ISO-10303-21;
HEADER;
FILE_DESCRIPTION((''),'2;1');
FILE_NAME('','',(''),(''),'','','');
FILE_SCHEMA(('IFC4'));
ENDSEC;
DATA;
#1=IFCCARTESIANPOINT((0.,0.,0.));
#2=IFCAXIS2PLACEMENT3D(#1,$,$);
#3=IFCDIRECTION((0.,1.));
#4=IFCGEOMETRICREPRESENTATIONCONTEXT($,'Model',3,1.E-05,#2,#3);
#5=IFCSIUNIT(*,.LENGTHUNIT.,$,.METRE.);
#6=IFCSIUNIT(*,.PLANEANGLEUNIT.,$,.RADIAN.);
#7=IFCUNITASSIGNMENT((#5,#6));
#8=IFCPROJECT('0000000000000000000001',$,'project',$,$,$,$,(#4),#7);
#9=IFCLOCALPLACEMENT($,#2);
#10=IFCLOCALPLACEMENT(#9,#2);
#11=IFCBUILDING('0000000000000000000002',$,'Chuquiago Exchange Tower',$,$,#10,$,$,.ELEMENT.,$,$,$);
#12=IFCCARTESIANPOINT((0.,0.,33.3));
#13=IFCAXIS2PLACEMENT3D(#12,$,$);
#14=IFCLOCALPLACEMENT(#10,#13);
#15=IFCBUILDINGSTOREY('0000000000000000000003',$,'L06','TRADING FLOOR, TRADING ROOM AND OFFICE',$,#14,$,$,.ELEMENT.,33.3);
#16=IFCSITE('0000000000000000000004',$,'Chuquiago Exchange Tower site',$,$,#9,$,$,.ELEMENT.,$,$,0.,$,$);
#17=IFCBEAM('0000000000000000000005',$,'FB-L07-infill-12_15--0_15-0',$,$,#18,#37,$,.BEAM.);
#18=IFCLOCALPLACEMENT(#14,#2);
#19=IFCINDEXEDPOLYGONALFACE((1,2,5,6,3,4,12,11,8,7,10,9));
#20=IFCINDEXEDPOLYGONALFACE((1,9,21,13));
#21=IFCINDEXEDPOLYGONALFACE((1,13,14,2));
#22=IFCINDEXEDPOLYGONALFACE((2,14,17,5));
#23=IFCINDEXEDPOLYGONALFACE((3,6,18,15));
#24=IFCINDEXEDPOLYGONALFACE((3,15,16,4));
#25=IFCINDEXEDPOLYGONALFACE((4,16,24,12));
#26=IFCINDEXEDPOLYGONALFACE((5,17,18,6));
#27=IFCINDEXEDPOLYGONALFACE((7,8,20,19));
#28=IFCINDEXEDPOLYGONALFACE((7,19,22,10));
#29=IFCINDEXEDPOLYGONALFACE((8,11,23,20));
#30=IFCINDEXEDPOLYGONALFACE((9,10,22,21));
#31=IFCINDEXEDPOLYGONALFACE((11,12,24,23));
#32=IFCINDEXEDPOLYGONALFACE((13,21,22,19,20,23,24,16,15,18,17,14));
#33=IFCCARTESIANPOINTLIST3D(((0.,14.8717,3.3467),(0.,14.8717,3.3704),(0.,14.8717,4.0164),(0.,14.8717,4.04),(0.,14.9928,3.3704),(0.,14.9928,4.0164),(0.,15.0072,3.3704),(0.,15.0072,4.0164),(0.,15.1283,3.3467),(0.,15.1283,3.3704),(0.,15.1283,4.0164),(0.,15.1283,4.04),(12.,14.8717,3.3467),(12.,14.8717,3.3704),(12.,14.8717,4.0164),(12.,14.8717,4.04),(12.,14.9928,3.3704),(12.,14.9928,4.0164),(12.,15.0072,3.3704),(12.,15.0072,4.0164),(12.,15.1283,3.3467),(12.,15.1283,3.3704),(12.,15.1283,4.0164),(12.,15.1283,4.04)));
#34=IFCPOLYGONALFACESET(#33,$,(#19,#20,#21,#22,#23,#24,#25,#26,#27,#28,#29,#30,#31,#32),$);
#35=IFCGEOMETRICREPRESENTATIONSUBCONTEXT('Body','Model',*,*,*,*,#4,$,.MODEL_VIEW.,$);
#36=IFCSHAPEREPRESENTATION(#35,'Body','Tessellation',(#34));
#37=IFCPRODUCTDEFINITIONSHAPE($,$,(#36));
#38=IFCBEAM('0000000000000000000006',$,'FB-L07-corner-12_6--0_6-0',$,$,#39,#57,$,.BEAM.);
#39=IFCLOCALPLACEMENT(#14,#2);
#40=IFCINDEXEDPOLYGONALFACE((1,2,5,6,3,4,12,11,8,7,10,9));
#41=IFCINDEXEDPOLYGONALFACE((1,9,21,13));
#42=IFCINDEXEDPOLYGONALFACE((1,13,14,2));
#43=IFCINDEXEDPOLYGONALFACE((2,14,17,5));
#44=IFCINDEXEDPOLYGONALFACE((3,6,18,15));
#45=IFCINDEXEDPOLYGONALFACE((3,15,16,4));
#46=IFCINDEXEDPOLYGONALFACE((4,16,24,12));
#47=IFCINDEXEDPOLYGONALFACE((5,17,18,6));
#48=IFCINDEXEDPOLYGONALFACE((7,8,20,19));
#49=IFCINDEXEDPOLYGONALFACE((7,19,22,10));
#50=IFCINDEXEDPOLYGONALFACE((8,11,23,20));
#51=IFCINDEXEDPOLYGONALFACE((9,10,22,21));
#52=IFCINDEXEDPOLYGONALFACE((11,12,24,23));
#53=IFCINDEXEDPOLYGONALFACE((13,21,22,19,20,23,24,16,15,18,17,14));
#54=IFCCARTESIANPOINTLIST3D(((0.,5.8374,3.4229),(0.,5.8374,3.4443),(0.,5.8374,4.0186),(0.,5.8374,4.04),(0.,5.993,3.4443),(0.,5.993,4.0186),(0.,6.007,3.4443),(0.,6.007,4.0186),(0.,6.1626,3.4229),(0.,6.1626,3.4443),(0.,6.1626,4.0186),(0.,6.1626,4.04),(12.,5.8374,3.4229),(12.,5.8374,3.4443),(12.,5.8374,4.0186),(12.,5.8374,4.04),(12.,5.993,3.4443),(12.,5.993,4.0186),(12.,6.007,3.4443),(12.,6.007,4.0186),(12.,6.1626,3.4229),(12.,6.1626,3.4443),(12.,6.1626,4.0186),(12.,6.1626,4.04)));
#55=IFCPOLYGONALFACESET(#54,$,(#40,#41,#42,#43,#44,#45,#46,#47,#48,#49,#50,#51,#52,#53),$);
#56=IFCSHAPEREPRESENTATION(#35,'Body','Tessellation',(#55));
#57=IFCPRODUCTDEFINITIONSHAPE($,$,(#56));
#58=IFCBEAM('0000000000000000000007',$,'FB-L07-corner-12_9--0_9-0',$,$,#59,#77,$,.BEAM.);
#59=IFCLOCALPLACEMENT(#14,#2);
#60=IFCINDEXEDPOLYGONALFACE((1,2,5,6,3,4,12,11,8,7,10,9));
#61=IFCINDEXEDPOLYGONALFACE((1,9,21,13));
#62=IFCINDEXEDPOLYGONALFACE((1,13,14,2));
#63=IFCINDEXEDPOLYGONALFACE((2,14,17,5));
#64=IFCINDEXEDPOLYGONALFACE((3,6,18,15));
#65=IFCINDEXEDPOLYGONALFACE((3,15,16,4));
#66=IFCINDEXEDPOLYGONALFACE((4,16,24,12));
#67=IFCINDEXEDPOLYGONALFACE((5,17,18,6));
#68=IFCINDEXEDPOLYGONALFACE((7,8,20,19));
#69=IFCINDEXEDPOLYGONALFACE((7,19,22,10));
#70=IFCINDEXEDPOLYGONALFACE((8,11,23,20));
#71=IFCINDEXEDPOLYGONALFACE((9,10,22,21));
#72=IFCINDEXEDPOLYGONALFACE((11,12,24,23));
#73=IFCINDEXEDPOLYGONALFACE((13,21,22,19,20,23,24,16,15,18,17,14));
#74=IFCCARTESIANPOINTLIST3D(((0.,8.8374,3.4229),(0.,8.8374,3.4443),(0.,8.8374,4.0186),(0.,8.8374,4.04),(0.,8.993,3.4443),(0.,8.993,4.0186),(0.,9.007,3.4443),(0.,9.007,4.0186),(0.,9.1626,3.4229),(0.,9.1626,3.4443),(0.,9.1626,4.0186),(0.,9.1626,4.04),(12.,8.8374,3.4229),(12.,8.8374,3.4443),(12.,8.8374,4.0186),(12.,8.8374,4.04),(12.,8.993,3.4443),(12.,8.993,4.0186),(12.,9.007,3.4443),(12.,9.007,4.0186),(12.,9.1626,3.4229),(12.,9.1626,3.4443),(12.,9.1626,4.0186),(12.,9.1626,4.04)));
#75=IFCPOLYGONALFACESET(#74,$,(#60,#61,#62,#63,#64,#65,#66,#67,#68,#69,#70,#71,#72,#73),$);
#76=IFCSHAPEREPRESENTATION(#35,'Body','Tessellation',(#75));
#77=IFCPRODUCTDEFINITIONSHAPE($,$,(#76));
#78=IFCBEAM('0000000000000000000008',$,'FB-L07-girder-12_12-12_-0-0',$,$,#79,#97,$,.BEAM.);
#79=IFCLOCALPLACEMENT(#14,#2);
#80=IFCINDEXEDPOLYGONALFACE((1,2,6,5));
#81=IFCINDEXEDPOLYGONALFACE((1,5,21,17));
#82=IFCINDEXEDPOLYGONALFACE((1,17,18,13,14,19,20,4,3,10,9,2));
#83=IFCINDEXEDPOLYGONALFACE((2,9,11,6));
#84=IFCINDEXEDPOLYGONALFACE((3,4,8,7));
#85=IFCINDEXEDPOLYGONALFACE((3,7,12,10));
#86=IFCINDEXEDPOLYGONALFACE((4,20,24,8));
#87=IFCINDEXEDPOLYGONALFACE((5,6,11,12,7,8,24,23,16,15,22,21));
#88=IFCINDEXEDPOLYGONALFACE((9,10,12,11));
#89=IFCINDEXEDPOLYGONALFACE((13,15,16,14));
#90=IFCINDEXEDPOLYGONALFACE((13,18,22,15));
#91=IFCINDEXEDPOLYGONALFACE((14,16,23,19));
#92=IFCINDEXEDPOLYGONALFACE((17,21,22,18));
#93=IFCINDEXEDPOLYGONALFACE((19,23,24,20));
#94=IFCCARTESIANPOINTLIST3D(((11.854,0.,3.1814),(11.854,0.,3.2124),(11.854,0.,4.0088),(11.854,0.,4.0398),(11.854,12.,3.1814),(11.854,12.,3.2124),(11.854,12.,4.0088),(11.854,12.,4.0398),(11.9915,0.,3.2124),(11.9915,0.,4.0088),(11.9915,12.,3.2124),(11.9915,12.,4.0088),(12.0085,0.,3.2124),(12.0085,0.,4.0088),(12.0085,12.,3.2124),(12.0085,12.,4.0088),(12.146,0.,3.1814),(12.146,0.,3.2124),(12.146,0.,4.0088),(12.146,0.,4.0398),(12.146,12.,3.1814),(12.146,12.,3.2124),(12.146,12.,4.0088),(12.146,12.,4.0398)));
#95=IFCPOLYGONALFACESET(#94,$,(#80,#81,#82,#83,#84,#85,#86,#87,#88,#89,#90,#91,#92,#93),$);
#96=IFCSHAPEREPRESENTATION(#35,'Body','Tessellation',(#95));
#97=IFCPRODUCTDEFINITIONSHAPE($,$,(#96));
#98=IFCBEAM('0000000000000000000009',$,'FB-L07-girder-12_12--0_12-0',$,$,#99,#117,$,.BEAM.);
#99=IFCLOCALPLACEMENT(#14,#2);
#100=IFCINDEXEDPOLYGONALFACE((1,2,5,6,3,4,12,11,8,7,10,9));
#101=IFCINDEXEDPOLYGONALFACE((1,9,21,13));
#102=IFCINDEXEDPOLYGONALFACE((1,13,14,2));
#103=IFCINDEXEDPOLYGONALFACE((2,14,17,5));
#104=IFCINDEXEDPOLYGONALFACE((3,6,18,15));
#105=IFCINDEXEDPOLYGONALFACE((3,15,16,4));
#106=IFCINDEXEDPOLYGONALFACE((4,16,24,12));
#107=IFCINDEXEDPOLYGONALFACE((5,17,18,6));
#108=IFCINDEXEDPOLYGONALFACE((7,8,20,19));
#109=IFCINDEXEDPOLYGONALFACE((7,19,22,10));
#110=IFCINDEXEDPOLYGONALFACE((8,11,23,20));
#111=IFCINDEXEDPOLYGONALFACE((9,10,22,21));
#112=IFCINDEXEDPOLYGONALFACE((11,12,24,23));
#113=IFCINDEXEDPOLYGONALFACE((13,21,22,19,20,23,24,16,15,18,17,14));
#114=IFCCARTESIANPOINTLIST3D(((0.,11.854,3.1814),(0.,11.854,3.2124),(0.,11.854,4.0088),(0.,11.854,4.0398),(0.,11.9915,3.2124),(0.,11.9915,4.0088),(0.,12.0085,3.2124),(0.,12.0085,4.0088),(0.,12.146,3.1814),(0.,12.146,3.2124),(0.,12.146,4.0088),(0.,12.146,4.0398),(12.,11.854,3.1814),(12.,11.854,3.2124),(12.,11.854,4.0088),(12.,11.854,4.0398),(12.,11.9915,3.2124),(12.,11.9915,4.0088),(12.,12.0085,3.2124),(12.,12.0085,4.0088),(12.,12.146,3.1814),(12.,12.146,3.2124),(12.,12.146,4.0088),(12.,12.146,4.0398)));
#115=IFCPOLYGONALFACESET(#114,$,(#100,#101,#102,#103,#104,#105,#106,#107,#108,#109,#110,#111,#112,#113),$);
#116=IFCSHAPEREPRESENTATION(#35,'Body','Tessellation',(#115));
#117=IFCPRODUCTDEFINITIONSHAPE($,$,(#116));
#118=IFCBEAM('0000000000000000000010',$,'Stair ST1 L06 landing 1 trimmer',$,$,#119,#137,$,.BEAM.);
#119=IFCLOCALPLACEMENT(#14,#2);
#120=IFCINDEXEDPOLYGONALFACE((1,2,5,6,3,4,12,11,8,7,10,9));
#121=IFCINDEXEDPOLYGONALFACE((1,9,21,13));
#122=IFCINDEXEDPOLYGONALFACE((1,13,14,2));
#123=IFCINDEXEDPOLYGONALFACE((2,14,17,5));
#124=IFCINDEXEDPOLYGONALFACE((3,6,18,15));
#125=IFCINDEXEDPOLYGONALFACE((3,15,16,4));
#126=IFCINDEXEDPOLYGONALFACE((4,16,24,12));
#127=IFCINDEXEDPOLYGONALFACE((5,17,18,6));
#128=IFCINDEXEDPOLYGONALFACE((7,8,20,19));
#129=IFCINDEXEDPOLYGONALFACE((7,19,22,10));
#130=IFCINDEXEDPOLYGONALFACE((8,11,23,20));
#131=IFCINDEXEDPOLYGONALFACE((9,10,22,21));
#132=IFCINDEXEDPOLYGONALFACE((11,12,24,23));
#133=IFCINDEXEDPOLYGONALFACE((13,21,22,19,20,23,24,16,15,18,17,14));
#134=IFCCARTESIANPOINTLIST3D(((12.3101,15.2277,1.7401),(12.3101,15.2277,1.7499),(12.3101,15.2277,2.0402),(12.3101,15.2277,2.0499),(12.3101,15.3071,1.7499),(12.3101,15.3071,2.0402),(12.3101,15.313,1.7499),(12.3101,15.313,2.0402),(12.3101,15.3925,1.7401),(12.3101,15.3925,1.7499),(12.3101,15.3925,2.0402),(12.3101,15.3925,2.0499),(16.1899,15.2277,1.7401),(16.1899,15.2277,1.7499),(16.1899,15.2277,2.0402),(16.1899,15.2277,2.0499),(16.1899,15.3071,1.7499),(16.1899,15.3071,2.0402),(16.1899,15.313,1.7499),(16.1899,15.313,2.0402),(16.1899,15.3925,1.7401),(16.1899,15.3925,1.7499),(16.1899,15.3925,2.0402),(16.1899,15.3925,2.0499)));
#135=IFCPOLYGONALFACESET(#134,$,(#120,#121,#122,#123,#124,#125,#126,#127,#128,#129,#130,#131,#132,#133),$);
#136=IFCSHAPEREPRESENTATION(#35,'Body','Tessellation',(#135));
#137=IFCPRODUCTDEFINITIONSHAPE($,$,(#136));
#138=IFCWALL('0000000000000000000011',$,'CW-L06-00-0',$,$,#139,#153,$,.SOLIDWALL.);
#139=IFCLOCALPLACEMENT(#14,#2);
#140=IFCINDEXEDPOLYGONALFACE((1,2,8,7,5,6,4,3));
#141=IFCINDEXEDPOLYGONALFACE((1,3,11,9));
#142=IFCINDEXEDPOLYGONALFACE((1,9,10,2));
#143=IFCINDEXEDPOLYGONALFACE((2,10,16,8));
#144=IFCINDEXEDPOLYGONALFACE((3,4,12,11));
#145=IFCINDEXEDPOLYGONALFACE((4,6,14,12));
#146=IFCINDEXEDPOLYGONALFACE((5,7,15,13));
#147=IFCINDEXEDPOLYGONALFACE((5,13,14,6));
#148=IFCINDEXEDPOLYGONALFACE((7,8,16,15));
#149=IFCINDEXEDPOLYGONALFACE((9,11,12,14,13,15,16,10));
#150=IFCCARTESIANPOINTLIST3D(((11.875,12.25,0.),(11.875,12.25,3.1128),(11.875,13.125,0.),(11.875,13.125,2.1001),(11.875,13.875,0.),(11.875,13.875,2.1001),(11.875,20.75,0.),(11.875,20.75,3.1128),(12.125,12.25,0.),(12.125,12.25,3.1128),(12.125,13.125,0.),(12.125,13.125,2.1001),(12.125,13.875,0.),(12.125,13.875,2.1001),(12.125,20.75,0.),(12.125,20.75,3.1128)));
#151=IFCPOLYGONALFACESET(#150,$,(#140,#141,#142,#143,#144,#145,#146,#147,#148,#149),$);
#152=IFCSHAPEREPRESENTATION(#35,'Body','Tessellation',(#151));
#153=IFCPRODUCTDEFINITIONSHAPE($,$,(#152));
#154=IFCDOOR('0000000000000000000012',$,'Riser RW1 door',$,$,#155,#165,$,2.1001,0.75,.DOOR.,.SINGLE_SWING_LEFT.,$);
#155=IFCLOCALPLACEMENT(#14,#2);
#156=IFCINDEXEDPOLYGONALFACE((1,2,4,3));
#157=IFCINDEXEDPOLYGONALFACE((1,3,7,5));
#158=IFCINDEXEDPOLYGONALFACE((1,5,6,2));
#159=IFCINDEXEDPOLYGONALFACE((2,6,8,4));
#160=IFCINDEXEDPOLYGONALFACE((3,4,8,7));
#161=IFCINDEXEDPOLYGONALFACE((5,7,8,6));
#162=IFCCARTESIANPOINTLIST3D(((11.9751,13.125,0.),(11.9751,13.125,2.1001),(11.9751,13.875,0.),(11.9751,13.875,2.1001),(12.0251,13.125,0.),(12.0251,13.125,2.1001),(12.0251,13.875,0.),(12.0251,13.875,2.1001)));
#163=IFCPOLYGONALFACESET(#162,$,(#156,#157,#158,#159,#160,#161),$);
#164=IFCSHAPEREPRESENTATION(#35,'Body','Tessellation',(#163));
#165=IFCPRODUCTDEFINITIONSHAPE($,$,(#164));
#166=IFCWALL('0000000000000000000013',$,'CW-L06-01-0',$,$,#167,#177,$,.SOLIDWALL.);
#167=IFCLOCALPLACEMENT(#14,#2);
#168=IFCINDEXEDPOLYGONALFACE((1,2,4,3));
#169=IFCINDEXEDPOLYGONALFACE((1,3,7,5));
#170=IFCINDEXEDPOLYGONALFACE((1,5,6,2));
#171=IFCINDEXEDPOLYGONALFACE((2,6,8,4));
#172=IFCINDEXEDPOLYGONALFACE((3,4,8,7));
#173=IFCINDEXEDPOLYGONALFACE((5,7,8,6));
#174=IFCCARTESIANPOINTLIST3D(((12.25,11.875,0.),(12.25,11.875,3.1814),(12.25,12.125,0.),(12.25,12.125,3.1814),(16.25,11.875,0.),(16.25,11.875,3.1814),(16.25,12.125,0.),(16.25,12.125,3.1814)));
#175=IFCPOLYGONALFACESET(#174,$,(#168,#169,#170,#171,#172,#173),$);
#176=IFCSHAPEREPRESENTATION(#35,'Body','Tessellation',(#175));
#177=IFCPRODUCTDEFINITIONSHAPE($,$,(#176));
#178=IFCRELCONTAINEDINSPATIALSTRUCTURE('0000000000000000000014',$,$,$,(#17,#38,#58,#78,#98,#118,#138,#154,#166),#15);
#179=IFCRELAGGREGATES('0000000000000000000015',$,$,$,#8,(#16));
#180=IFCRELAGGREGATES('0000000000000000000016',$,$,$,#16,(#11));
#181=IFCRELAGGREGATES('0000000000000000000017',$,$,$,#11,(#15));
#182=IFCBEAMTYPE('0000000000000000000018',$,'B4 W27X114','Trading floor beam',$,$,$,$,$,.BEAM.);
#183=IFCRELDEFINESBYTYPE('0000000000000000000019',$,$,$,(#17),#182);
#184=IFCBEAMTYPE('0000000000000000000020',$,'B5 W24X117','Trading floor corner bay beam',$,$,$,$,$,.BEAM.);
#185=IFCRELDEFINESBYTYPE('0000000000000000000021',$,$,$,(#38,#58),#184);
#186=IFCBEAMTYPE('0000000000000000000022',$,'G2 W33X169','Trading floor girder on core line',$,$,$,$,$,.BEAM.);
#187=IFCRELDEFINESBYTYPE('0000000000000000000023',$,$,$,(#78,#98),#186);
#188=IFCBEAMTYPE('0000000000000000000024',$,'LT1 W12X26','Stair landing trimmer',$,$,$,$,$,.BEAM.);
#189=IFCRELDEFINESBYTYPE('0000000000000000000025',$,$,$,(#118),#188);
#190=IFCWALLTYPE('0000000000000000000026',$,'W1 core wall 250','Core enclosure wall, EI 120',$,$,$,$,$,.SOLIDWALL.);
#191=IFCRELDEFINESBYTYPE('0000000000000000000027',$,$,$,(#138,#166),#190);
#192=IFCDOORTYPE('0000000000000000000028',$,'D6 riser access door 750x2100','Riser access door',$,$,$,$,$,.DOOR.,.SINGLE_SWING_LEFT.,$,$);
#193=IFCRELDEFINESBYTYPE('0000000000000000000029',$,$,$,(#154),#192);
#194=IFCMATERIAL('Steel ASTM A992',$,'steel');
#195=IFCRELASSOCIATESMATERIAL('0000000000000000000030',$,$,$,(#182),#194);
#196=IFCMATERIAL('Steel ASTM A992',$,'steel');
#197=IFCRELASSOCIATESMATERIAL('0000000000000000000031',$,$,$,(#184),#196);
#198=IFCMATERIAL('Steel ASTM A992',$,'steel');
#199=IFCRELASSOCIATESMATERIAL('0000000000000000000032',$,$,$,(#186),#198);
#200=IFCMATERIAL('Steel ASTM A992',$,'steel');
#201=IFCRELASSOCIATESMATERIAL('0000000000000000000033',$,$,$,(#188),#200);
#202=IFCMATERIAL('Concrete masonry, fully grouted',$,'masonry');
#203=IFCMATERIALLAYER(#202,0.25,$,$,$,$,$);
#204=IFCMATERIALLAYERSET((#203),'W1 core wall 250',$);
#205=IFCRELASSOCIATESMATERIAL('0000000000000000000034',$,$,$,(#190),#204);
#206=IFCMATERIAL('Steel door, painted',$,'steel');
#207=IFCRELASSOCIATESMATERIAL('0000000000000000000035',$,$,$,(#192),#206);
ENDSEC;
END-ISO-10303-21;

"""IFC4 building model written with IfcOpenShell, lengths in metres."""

from ifc_helpers import new_model, si_unit, direction, frame, frame_2d, origin, origin_2d, place, context, subcontext, project, spatial, rectangle, i_section, extrude, material, layer, layer_set, material_profile, profile_set, type_object, element, fill, save


model = new_model("IFC4")

# Units and contexts
model_context = context("Model", 3, precision=1e-05, world=origin(), true_north=direction((0.0, 1.0)))
body_context = subcontext(model_context, "Body", "Model", "MODEL_VIEW")
ifc_project = project(units=[si_unit("LENGTHUNIT", "METRE"), si_unit("PLANEANGLEUNIT", "RADIAN")], contexts=[model_context])

# Site, building, storey
site_placement = place(None, origin())
site = spatial("IfcSite", under=ifc_project, at=site_placement, Name="Chuquiago Exchange Tower site", CompositionType="ELEMENT", RefElevation=0.0)
building_placement = place(site_placement, origin())
building = spatial("IfcBuilding", under=site, at=building_placement, Name="Chuquiago Exchange Tower", CompositionType="ELEMENT")
storey_placement = place(building_placement, frame((0.0, 0.0, 33.3)))
storey = spatial("IfcBuildingStorey", under=building, at=storey_placement, Name="L06", Description="TRADING FLOOR, TRADING ROOM AND OFFICE", CompositionType="ELEMENT", Elevation=33.3)

# Beams
ifc_material_1 = material(Name="Steel ASTM A992", Category="steel")
ifc_material_profile_1 = material_profile(ifc_material_1, i_section(OverallWidth=0.2566, OverallDepth=0.6934, WebThickness=0.0144, FlangeThickness=0.0237, at=origin_2d()), Name="W27X114")
ifc_profile_set_1 = profile_set([ifc_material_profile_1], Name="Steel ASTM A992")
beam_type_1 = type_object("IfcBeamType", Name="B4 W27X114", Description="Trading floor beam", PredefinedType="BEAM", material=ifc_profile_set_1)
for number, where, z_axis, x_axis, name in (
    (1, (12.0, 15.0, 3.6934), (-1.0, 0.0, 0.0), (0.0, -1.0, 0.0), "FB-L07-infill-12_15--0_15-0"),
):
    element("IfcBeam", number, at=place(storey_placement, frame(where, z_axis=z_axis, x_axis=x_axis)), inside=storey, type_object=beam_type_1, Name=name, PredefinedType="BEAM", context=body_context, shape_type="SweptSolid", body=[
        extrude(i_section(OverallWidth=0.2566, OverallDepth=0.6934, WebThickness=0.0144, FlangeThickness=0.0237, at=origin_2d()), origin(), (0.0, 0.0, 1.0), 12.0),
    ])
ifc_material_2 = material(Name="Steel ASTM A992", Category="steel")
ifc_material_profile_2 = material_profile(ifc_material_2, i_section(OverallWidth=0.3252, OverallDepth=0.6172, WebThickness=0.0139, FlangeThickness=0.0215, at=origin_2d()), Name="W24X117")
ifc_profile_set_2 = profile_set([ifc_material_profile_2], Name="Steel ASTM A992")
beam_type_2 = type_object("IfcBeamType", Name="B5 W24X117", Description="Trading floor corner bay beam", PredefinedType="BEAM", material=ifc_profile_set_2)
for number, where, z_axis, x_axis, name in (
    (2, (12.0, 6.0, 3.7314), (-1.0, 0.0, 0.0), (0.0, -1.0, 0.0), "FB-L07-corner-12_6--0_6-0"),
    (3, (12.0, 9.0, 3.7314), (-1.0, 0.0, 0.0), (0.0, -1.0, 0.0), "FB-L07-corner-12_9--0_9-0"),
):
    element("IfcBeam", number, at=place(storey_placement, frame(where, z_axis=z_axis, x_axis=x_axis)), inside=storey, type_object=beam_type_2, Name=name, PredefinedType="BEAM", context=body_context, shape_type="SweptSolid", body=[
        extrude(i_section(OverallWidth=0.3252, OverallDepth=0.6172, WebThickness=0.0139, FlangeThickness=0.0215, at=origin_2d()), origin(), (0.0, 0.0, 1.0), 12.0),
    ])
ifc_material_3 = material(Name="Steel ASTM A992", Category="steel")
ifc_material_profile_3 = material_profile(ifc_material_3, i_section(OverallWidth=0.292, OverallDepth=0.8584, WebThickness=0.0171, FlangeThickness=0.031, at=origin_2d()), Name="W33X169")
ifc_profile_set_3 = profile_set([ifc_material_profile_3], Name="Steel ASTM A992")
beam_type_3 = type_object("IfcBeamType", Name="G2 W33X169", Description="Trading floor girder on core line", PredefinedType="BEAM", material=ifc_profile_set_3)
for number, where, z_axis, x_axis, name in (
    (4, (12.0, 12.0, 3.6106), (0.0, -1.0, 0.0), (1.0, 0.0, 0.0), "FB-L07-girder-12_12-12_-0-0"),
    (5, (12.0, 12.0, 3.6106), (-1.0, 0.0, 0.0), (0.0, -1.0, 0.0), "FB-L07-girder-12_12--0_12-0"),
):
    element("IfcBeam", number, at=place(storey_placement, frame(where, z_axis=z_axis, x_axis=x_axis)), inside=storey, type_object=beam_type_3, Name=name, PredefinedType="BEAM", context=body_context, shape_type="SweptSolid", body=[
        extrude(i_section(OverallWidth=0.292, OverallDepth=0.8584, WebThickness=0.0171, FlangeThickness=0.031, at=origin_2d()), origin(), (0.0, 0.0, 1.0), 12.0),
    ])
ifc_material_4 = material(Name="Steel ASTM A992", Category="steel")
ifc_material_profile_4 = material_profile(ifc_material_4, i_section(OverallWidth=0.1648, OverallDepth=0.3098, WebThickness=0.0059, FlangeThickness=0.0098, at=origin_2d()), Name="W12X26")
ifc_profile_set_4 = profile_set([ifc_material_profile_4], Name="Steel ASTM A992")
beam_type_4 = type_object("IfcBeamType", Name="LT1 W12X26", Description="Stair landing trimmer", PredefinedType="BEAM", material=ifc_profile_set_4)
beam_1_placement = place(storey_placement, frame((12.3101, 15.3101, 1.895), z_axis=(1.0, 0.0, 0.0), x_axis=(0.0, 1.0, 0.0)))
element("IfcBeam", 6, at=beam_1_placement, inside=storey, type_object=beam_type_4, Name="Stair ST1 L06 landing 1 trimmer", PredefinedType="BEAM", context=body_context, shape_type="SweptSolid", body=[
    extrude(i_section(OverallWidth=0.1648, OverallDepth=0.3098, WebThickness=0.0059, FlangeThickness=0.0098, at=origin_2d()), origin(), (0.0, 0.0, 1.0), 3.8799),
])

# Wall, opening, door
ifc_material_5 = material(Name="Concrete masonry, fully grouted", Category="masonry")
ifc_layer_1 = layer(ifc_material_5, 0.25)
ifc_layer_set_1 = layer_set([ifc_layer_1], Name="W1 core wall 250")
wall_type_1 = type_object("IfcWallType", Name="W1 core wall 250", Description="Core enclosure wall, EI 120", PredefinedType="SOLIDWALL", material=ifc_layer_set_1)
wall_1_placement = place(storey_placement, frame((12.0, 12.25, 0.0), z_axis=(0.0, 0.0, 1.0), x_axis=(0.0, 1.0, 0.0)))
wall_1 = element("IfcWall", 7, at=wall_1_placement, inside=storey, type_object=wall_type_1, Name="CW-L06-00-0", PredefinedType="SOLIDWALL", context=body_context, shape_type="SweptSolid", body=[
    extrude(rectangle(XDim=8.5, YDim=0.25, at=frame_2d((4.25, 0.0))), origin(), (0.0, 0.0, 1.0), 3.1128),
])
opening_placement = place(wall_1_placement, frame((0.875, 0.0, 0.0)))
opening = element("IfcOpeningElement", 8, at=opening_placement, cuts=wall_1, PredefinedType="OPENING", context=body_context, shape_type="SweptSolid", body=[
    extrude(rectangle(XDim=0.75, YDim=2.1001, at=frame_2d((0.375, 1.05))), frame((0.0, 0.135, 0.0), z_axis=(0.0, -1.0, 0.0), x_axis=(1.0, 0.0, 0.0)), (0.0, 0.0, 1.0), 0.27),
])
ifc_material_6 = material(Name="Steel door, painted", Category="steel")
door_type = type_object("IfcDoorType", Name="D6 riser access door 750x2100", Description="Riser access door", OperationType="SINGLE_SWING_LEFT", PredefinedType="DOOR", material=ifc_material_6)
door_placement = place(opening_placement, origin())
door = element("IfcDoor", 9, at=door_placement, inside=storey, type_object=door_type, Name="Riser RW1 door", OperationType="SINGLE_SWING_LEFT", OverallHeight=2.1001, OverallWidth=0.75, PredefinedType="DOOR", context=body_context, shape_type="SweptSolid", body=[
    extrude(rectangle(XDim=0.75, YDim=2.1001, at=frame_2d((0.375, 1.05))), frame((0.0, 0.0249, 0.0), z_axis=(0.0, -1.0, 0.0), x_axis=(1.0, 0.0, 0.0)), (0.0, 0.0, 1.0), 0.05),
])
fill(opening, door)

# Wall
wall_2_placement = place(storey_placement, frame((12.25, 12.0, 0.0), z_axis=(0.0, 0.0, 1.0), x_axis=(1.0, 0.0, 0.0)))
element("IfcWall", 10, at=wall_2_placement, inside=storey, type_object=wall_type_1, Name="CW-L06-01-0", PredefinedType="SOLIDWALL", context=body_context, shape_type="SweptSolid", body=[
    extrude(rectangle(XDim=4.0, YDim=0.25, at=frame_2d((2.0, 0.0))), origin(), (0.0, 0.0, 1.0), 3.1814),
])

save(model, "model.ifc")
